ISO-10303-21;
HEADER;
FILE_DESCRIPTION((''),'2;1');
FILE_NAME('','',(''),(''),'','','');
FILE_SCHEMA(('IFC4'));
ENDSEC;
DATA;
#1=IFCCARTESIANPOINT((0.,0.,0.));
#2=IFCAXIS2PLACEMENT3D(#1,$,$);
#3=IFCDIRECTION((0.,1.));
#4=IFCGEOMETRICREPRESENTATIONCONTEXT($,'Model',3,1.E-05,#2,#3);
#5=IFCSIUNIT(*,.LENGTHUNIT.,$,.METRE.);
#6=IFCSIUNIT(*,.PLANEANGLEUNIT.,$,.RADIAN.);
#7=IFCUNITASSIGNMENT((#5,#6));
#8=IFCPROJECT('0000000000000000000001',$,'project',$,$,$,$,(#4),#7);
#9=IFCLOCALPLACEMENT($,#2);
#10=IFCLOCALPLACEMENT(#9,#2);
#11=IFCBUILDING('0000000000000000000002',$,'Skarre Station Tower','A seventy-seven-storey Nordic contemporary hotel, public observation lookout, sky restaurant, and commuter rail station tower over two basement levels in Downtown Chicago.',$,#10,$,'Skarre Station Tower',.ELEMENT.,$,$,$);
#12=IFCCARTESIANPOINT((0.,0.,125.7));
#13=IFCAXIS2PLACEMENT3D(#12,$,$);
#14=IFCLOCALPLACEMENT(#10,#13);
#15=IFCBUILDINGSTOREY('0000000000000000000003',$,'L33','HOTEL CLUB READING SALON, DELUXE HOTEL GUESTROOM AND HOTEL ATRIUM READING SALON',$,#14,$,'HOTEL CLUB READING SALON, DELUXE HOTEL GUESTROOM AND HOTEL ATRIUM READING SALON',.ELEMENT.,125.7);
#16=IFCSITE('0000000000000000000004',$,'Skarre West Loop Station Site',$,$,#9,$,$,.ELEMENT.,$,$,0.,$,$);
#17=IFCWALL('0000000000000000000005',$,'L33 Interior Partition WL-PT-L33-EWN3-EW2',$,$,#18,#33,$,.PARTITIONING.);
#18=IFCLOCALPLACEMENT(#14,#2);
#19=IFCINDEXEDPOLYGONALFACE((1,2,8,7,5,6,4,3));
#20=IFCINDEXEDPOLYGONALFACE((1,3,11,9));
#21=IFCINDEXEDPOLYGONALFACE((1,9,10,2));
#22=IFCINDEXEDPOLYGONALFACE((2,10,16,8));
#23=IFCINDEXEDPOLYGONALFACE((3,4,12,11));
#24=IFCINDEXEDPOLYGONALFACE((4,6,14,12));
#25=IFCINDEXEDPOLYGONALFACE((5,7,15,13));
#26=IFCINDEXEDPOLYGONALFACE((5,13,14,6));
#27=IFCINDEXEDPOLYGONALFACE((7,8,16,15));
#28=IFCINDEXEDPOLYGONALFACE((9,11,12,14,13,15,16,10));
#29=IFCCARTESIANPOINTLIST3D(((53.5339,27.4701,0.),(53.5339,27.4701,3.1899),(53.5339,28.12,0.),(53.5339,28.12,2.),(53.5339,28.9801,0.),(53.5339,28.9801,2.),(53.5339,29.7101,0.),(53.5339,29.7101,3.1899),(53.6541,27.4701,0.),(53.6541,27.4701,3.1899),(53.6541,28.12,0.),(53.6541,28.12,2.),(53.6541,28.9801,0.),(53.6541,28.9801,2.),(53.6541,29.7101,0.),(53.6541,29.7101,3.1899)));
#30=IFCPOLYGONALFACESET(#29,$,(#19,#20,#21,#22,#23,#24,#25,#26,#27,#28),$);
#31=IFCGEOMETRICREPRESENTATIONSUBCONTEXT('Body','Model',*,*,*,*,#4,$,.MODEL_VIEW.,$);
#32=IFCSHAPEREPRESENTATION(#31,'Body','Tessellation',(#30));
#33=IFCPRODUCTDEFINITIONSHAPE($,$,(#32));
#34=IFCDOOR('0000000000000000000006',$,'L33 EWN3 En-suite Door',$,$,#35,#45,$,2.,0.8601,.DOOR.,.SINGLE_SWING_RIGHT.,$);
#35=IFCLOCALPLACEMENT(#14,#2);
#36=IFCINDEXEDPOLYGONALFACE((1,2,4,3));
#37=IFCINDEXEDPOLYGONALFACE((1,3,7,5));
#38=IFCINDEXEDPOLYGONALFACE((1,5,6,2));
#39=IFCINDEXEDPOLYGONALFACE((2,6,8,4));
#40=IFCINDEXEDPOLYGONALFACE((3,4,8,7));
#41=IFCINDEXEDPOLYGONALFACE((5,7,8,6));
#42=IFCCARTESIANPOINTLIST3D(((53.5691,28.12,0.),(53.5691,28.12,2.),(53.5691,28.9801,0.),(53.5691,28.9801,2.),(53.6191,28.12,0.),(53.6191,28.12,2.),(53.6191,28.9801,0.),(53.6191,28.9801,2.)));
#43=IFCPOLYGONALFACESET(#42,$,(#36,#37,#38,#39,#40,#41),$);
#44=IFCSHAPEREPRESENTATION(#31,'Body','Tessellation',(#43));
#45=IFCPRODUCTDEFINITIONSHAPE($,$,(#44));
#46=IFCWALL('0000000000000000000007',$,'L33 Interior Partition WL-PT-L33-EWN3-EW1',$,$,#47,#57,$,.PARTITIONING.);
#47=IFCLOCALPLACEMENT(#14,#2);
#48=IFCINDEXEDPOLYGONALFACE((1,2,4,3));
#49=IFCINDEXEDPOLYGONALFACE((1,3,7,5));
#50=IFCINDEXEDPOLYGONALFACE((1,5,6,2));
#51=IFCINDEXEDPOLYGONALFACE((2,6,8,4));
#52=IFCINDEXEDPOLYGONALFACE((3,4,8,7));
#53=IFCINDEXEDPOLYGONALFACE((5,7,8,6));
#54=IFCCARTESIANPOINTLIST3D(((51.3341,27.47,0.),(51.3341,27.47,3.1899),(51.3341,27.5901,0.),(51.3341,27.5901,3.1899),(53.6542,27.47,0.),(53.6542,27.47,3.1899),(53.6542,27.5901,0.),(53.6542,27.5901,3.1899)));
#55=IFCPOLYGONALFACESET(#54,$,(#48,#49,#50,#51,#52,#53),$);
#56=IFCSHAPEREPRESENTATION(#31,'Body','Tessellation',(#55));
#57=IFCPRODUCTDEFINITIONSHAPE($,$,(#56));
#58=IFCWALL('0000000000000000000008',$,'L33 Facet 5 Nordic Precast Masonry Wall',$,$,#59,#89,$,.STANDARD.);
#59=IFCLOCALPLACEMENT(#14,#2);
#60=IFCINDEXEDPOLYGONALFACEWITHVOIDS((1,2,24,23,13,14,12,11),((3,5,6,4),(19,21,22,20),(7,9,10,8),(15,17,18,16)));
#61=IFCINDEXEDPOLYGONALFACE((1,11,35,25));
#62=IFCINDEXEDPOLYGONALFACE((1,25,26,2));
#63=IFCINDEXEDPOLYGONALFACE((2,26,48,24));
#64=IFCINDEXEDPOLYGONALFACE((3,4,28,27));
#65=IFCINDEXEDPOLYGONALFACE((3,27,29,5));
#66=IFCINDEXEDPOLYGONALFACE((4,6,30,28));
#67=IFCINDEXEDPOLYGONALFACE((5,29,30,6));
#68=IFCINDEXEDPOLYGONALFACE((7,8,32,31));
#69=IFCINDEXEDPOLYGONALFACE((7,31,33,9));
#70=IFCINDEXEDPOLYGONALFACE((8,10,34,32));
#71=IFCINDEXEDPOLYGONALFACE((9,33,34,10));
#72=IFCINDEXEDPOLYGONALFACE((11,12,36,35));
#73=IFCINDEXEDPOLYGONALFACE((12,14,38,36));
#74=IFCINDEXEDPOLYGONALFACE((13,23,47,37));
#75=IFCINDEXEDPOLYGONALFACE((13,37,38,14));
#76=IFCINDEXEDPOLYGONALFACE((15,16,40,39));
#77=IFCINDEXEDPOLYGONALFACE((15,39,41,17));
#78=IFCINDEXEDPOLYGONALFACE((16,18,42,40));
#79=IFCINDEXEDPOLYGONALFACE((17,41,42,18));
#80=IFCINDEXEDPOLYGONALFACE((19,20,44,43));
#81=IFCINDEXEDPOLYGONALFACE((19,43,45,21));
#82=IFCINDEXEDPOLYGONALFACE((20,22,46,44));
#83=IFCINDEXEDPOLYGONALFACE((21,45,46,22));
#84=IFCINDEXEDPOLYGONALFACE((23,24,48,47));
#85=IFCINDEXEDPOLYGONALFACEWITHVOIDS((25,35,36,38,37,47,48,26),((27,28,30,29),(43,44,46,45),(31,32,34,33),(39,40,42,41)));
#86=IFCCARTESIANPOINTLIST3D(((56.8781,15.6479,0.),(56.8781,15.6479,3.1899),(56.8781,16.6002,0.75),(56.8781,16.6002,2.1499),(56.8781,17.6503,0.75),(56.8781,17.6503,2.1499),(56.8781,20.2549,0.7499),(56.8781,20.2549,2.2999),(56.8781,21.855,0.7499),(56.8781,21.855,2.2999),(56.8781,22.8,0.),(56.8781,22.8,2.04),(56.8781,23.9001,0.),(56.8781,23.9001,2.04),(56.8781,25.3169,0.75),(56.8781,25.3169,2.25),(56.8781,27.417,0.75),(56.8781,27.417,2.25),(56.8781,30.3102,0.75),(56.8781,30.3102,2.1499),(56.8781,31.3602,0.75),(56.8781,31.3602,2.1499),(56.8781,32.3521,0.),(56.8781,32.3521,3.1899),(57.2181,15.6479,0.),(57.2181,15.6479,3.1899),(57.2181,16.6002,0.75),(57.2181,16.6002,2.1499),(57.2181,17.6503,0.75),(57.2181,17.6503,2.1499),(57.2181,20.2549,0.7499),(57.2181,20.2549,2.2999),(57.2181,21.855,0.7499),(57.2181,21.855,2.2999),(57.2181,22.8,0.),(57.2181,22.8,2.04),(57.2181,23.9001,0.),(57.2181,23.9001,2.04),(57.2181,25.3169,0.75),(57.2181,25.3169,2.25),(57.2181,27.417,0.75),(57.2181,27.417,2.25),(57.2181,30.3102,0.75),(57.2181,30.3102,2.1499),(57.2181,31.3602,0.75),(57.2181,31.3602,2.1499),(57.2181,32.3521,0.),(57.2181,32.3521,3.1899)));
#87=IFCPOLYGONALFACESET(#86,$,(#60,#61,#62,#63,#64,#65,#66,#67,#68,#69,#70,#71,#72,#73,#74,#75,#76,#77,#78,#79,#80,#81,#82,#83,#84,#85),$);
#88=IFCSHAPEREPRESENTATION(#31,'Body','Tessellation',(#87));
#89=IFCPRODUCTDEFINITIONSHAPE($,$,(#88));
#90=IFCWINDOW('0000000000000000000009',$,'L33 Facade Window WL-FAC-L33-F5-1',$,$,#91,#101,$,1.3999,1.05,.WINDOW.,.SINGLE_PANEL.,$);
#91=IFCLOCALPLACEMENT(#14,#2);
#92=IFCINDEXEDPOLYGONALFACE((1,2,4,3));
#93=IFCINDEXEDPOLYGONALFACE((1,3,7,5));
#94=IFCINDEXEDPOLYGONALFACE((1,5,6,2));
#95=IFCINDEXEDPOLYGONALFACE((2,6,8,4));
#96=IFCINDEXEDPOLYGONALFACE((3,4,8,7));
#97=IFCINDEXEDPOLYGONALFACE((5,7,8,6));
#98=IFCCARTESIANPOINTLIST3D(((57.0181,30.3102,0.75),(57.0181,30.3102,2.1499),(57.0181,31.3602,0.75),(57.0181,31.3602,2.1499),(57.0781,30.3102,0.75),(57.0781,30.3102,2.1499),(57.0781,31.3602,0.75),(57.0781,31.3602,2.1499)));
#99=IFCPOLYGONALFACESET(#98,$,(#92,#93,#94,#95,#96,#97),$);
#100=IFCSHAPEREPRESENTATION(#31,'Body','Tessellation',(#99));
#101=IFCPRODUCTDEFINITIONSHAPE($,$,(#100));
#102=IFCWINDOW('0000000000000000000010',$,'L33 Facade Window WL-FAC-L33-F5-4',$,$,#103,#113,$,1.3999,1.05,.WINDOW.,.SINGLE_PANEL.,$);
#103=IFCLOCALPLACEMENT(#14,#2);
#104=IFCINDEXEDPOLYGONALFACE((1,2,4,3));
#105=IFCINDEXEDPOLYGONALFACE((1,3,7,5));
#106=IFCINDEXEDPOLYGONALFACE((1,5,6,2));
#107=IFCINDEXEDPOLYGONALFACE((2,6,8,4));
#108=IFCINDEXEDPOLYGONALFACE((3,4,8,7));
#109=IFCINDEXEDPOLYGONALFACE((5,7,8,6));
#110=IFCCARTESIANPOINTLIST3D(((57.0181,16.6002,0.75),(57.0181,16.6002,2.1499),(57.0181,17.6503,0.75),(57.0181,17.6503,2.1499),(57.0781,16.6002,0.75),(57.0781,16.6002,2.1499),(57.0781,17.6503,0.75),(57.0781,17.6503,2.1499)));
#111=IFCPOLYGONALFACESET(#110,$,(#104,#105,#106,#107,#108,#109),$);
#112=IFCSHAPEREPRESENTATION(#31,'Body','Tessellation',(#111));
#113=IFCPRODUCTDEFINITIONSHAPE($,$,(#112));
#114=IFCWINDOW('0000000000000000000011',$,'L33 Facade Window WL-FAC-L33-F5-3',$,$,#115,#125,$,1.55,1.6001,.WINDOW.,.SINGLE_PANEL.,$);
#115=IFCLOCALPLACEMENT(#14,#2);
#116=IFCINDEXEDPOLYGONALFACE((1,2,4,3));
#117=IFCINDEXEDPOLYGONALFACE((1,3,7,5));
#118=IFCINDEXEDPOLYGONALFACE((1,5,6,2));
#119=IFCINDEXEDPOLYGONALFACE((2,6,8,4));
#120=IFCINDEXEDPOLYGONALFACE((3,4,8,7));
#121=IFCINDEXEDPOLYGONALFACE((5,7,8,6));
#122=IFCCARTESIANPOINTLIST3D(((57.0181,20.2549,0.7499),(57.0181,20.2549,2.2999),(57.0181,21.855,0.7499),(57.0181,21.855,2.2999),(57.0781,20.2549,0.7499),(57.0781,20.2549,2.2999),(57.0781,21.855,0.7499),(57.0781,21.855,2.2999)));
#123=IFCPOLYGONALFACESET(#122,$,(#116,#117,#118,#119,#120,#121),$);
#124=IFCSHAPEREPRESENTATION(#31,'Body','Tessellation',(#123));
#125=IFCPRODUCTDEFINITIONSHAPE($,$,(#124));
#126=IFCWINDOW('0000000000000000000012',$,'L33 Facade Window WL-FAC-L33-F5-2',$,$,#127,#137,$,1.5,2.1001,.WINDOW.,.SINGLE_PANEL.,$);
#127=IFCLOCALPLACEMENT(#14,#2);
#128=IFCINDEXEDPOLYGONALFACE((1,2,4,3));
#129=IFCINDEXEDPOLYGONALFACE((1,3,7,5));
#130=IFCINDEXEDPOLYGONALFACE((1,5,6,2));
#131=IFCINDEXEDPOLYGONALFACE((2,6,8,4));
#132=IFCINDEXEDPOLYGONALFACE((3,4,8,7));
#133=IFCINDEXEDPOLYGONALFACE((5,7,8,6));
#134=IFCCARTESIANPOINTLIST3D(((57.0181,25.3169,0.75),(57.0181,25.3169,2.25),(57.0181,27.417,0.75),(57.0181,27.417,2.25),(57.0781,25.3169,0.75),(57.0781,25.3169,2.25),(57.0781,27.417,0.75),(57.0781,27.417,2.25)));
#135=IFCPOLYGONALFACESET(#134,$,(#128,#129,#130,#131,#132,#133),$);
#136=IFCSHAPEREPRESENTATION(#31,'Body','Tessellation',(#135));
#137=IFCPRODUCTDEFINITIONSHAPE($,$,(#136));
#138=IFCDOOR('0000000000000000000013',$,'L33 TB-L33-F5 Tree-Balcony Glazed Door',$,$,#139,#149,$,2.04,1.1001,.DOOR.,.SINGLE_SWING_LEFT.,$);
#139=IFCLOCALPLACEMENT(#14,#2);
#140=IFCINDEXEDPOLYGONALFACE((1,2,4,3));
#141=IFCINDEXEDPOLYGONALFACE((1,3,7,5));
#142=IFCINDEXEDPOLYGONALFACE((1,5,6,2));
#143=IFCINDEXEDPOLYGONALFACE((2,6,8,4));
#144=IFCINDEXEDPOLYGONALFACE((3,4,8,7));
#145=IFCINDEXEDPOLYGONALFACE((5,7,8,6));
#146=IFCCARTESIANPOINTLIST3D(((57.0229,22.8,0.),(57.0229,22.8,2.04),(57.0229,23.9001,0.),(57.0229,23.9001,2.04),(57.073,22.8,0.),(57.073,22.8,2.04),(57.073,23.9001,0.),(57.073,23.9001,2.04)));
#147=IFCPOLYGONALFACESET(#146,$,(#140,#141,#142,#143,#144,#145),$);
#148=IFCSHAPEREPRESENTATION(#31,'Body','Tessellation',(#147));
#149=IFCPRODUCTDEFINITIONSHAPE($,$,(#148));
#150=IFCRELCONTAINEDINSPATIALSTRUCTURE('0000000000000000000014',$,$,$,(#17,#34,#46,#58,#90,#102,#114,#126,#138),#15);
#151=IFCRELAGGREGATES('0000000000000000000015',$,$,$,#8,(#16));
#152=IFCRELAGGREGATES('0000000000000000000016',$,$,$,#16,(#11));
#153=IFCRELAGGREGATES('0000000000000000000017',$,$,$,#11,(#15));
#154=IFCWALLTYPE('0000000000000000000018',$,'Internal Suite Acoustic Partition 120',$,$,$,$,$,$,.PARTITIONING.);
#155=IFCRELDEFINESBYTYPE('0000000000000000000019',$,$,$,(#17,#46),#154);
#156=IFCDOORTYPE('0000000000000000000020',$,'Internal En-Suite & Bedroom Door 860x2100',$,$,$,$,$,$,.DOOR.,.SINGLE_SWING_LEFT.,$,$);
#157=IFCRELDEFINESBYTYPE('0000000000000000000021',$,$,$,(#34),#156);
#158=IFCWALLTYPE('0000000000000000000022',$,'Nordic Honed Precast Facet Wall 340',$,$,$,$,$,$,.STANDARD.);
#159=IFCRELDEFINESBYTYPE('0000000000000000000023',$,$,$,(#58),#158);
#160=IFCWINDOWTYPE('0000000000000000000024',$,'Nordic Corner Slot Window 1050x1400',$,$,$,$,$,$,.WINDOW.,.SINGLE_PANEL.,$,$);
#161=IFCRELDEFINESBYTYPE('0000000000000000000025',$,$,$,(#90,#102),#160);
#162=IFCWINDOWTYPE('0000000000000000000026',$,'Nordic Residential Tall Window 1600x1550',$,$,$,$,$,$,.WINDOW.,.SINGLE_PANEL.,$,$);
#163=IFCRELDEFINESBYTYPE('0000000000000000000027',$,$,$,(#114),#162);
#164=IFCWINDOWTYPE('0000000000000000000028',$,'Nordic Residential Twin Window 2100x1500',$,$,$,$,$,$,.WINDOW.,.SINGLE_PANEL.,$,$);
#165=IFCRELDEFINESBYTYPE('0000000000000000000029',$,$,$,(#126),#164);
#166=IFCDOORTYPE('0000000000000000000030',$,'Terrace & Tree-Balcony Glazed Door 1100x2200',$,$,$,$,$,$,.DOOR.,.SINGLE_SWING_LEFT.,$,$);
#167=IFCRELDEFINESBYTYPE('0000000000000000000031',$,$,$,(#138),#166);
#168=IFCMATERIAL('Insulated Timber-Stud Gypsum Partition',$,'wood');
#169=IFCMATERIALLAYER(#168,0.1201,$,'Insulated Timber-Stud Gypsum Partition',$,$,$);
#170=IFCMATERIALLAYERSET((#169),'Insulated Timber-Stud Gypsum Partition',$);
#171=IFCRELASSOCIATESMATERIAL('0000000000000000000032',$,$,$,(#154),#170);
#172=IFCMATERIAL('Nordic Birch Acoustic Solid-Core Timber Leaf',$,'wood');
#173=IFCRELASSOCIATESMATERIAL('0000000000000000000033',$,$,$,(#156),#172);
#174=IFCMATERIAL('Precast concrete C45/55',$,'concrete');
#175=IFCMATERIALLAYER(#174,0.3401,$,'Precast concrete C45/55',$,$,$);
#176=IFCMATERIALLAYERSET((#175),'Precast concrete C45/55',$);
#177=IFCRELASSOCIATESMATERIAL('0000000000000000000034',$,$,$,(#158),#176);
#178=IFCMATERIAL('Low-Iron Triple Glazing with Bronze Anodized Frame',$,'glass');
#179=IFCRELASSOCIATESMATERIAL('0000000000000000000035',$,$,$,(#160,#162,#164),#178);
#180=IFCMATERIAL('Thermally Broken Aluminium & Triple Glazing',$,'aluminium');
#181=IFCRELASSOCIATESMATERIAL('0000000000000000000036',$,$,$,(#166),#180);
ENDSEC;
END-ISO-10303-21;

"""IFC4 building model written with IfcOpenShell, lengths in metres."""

from ifc_helpers import new_model, si_unit, direction, frame, frame_2d, origin, place, context, subcontext, project, spatial, rectangle, extrude, material, layer, layer_set, type_object, element, fill, save


model = new_model("IFC4")

# Units and contexts
model_context = context("Model", 3, precision=1e-05, world=origin(), true_north=direction((0.0, 1.0)))
body_context = subcontext(model_context, "Body", "Model", "MODEL_VIEW")
ifc_project = project(units=[si_unit("LENGTHUNIT", "METRE"), si_unit("PLANEANGLEUNIT", "RADIAN")], contexts=[model_context])

# Site, building, storey
site_placement = place(None, origin())
site = spatial("IfcSite", under=ifc_project, at=site_placement, Name="Skarre West Loop Station Site", CompositionType="ELEMENT", RefElevation=0.0)
building_placement = place(site_placement, origin())
building = spatial("IfcBuilding", under=site, at=building_placement, Name="Skarre Station Tower", Description="A seventy-seven-storey Nordic contemporary hotel, public observation lookout, sky restaurant, and commuter rail station tower over two basement levels in Downtown Chicago.", LongName="Skarre Station Tower", CompositionType="ELEMENT")
storey_placement = place(building_placement, frame((0.0, 0.0, 125.7)))
storey = spatial("IfcBuildingStorey", under=building, at=storey_placement, Name="L33", Description="HOTEL CLUB READING SALON, DELUXE HOTEL GUESTROOM AND HOTEL ATRIUM READING SALON", LongName="HOTEL CLUB READING SALON, DELUXE HOTEL GUESTROOM AND HOTEL ATRIUM READING SALON", CompositionType="ELEMENT", Elevation=125.7)

# Wall, opening, door
ifc_material_1 = material(Name="Insulated Timber-Stud Gypsum Partition", Category="wood")
ifc_layer_1 = layer(ifc_material_1, 0.1201, Name="Insulated Timber-Stud Gypsum Partition")
ifc_layer_set_1 = layer_set([ifc_layer_1], Name="Insulated Timber-Stud Gypsum Partition")
wall_type_1 = type_object("IfcWallType", Name="Internal Suite Acoustic Partition 120", PredefinedType="PARTITIONING", material=ifc_layer_set_1)
wall_1_placement = place(storey_placement, frame((53.594, 27.47, 0.0), z_axis=(0.0, 0.0, 1.0), x_axis=(0.0, 1.0, 0.0)))
wall_1 = element("IfcWall", 1, at=wall_1_placement, inside=storey, type_object=wall_type_1, Name="L33 Interior Partition WL-PT-L33-EWN3-EW2", PredefinedType="PARTITIONING", context=body_context, shape_type="SweptSolid", body=[
    extrude(rectangle(XDim=2.24, YDim=0.1201, at=frame_2d((1.1201, 0.0))), origin(), (0.0, 0.0, 1.0), 3.1899),
])
opening_1_placement = place(wall_1_placement, frame((0.6499, 0.0, 0.0)))
opening_1 = element("IfcOpeningElement", 2, at=opening_1_placement, cuts=wall_1, PredefinedType="OPENING", context=body_context, shape_type="SweptSolid", body=[
    extrude(rectangle(XDim=0.8601, YDim=2.0, at=frame_2d((0.4302, 1.0))), frame((0.0, 0.0701, 0.0), z_axis=(0.0, -1.0, 0.0), x_axis=(1.0, 0.0, 0.0)), (0.0, 0.0, 1.0), 0.1401),
])
ifc_material_2 = material(Name="Nordic Birch Acoustic Solid-Core Timber Leaf", Category="wood")
door_type_1 = type_object("IfcDoorType", Name="Internal En-Suite & Bedroom Door 860x2100", OperationType="SINGLE_SWING_LEFT", PredefinedType="DOOR", material=ifc_material_2)
door_1_placement = place(opening_1_placement, origin())
door_1 = element("IfcDoor", 3, at=door_1_placement, inside=storey, type_object=door_type_1, Name="L33 EWN3 En-suite Door", OperationType="SINGLE_SWING_RIGHT", OverallHeight=2.0, OverallWidth=0.8601, PredefinedType="DOOR", context=body_context, shape_type="SweptSolid", body=[
    extrude(rectangle(XDim=0.8601, YDim=2.0, at=frame_2d((0.4302, 1.0))), frame((0.0, 0.0249, 0.0), z_axis=(0.0, -1.0, 0.0), x_axis=(1.0, 0.0, 0.0)), (0.0, 0.0, 1.0), 0.05),
])
fill(opening_1, door_1)

# Wall
wall_2_placement = place(storey_placement, frame((51.334, 27.53, 0.0), z_axis=(0.0, 0.0, 1.0), x_axis=(1.0, 0.0, 0.0)))
element("IfcWall", 4, at=wall_2_placement, inside=storey, type_object=wall_type_1, Name="L33 Interior Partition WL-PT-L33-EWN3-EW1", PredefinedType="PARTITIONING", context=body_context, shape_type="SweptSolid", body=[
    extrude(rectangle(XDim=2.3201, YDim=0.1201, at=frame_2d((1.1602, 0.0))), origin(), (0.0, 0.0, 1.0), 3.1899),
])

# Wall, openings, windows, door
ifc_material_3 = material(Name="Precast concrete C45/55", Category="concrete")
ifc_layer_2 = layer(ifc_material_3, 0.3401, Name="Precast concrete C45/55")
ifc_layer_set_2 = layer_set([ifc_layer_2], Name="Precast concrete C45/55")
wall_type_2 = type_object("IfcWallType", Name="Nordic Honed Precast Facet Wall 340", PredefinedType="STANDARD", material=ifc_layer_set_2)
wall_3_placement = place(storey_placement, frame((57.0481, 32.3521, 0.0), z_axis=(0.0, 0.0, 1.0), x_axis=(0.0, -1.0, 0.0)))
wall_3 = element("IfcWall", 5, at=wall_3_placement, inside=storey, type_object=wall_type_2, Name="L33 Facet 5 Nordic Precast Masonry Wall", PredefinedType="STANDARD", context=body_context, shape_type="SweptSolid", body=[
    extrude(rectangle(XDim=16.7041, YDim=0.3401, at=frame_2d((8.3521, 0.0))), origin(), (0.0, 0.0, 1.0), 3.1899),
])
opening_2_placement = place(wall_3_placement, frame((8.4519, 0.0, 0.0)))
opening_2 = element("IfcOpeningElement", 6, at=opening_2_placement, cuts=wall_3, PredefinedType="OPENING", context=body_context, shape_type="SweptSolid", body=[
    extrude(rectangle(XDim=1.1001, YDim=2.04, at=frame_2d((0.55, 1.02))), frame((0.0, 0.1799, 0.0), z_axis=(0.0, -1.0, 0.0), x_axis=(1.0, 0.0, 0.0)), (0.0, 0.0, 1.0), 0.3601),
])
opening_3_placement = place(wall_3_placement, frame((0.9919, 0.0, 0.75)))
opening_3 = element("IfcOpeningElement", 7, at=opening_3_placement, cuts=wall_3, PredefinedType="OPENING", context=body_context, shape_type="SweptSolid", body=[
    extrude(rectangle(XDim=1.05, YDim=1.3999, at=frame_2d((0.5249, 0.7))), frame((0.0, 0.1799, 0.0), z_axis=(0.0, -1.0, 0.0), x_axis=(1.0, 0.0, 0.0)), (0.0, 0.0, 1.0), 0.3601),
])
opening_4_placement = place(wall_3_placement, frame((4.9351, 0.0, 0.75)))
opening_4 = element("IfcOpeningElement", 8, at=opening_4_placement, cuts=wall_3, PredefinedType="OPENING", context=body_context, shape_type="SweptSolid", body=[
    extrude(rectangle(XDim=2.1001, YDim=1.5, at=frame_2d((1.05, 0.75))), frame((0.0, 0.1799, 0.0), z_axis=(0.0, -1.0, 0.0), x_axis=(1.0, 0.0, 0.0)), (0.0, 0.0, 1.0), 0.3601),
])
opening_5_placement = place(wall_3_placement, frame((10.4971, 0.0, 0.75)))
opening_5 = element("IfcOpeningElement", 9, at=opening_5_placement, cuts=wall_3, PredefinedType="OPENING", context=body_context, shape_type="SweptSolid", body=[
    extrude(rectangle(XDim=1.6001, YDim=1.55, at=frame_2d((0.8, 0.7749))), frame((0.0, 0.1799, 0.0), z_axis=(0.0, -1.0, 0.0), x_axis=(1.0, 0.0, 0.0)), (0.0, 0.0, 1.0), 0.3601),
])
opening_6_placement = place(wall_3_placement, frame((14.7019, 0.0, 0.75)))
opening_6 = element("IfcOpeningElement", 10, at=opening_6_placement, cuts=wall_3, PredefinedType="OPENING", context=body_context, shape_type="SweptSolid", body=[
    extrude(rectangle(XDim=1.05, YDim=1.3999, at=frame_2d((0.5249, 0.7))), frame((0.0, 0.1799, 0.0), z_axis=(0.0, -1.0, 0.0), x_axis=(1.0, 0.0, 0.0)), (0.0, 0.0, 1.0), 0.3601),
])
ifc_material_4 = material(Name="Low-Iron Triple Glazing with Bronze Anodized Frame", Category="glass")
window_type_1 = type_object("IfcWindowType", Name="Nordic Corner Slot Window 1050x1400", PartitioningType="SINGLE_PANEL", PredefinedType="WINDOW", material=ifc_material_4)
window_1_placement = place(opening_3_placement, origin())
window_1 = element("IfcWindow", 11, at=window_1_placement, inside=storey, type_object=window_type_1, Name="L33 Facade Window WL-FAC-L33-F5-1", OverallHeight=1.3999, OverallWidth=1.05, PartitioningType="SINGLE_PANEL", PredefinedType="WINDOW", context=body_context, shape_type="SweptSolid", body=[
    extrude(rectangle(XDim=1.05, YDim=1.3999, at=frame_2d((0.5249, 0.7))), frame((0.0, 0.03, 0.0), z_axis=(0.0, -1.0, 0.0), x_axis=(1.0, 0.0, 0.0)), (0.0, 0.0, 1.0), 0.0601),
])
fill(opening_3, window_1)
window_2_placement = place(opening_6_placement, origin())
window_2 = element("IfcWindow", 12, at=window_2_placement, inside=storey, type_object=window_type_1, Name="L33 Facade Window WL-FAC-L33-F5-4", OverallHeight=1.3999, OverallWidth=1.05, PartitioningType="SINGLE_PANEL", PredefinedType="WINDOW", context=body_context, shape_type="SweptSolid", body=[
    extrude(rectangle(XDim=1.05, YDim=1.3999, at=frame_2d((0.5249, 0.7))), frame((0.0, 0.03, 0.0), z_axis=(0.0, -1.0, 0.0), x_axis=(1.0, 0.0, 0.0)), (0.0, 0.0, 1.0), 0.0601),
])
fill(opening_6, window_2)
window_type_2 = type_object("IfcWindowType", Name="Nordic Residential Tall Window 1600x1550", PartitioningType="SINGLE_PANEL", PredefinedType="WINDOW", material=ifc_material_4)
window_3_placement = place(opening_5_placement, origin())
window_3 = element("IfcWindow", 13, at=window_3_placement, inside=storey, type_object=window_type_2, Name="L33 Facade Window WL-FAC-L33-F5-3", OverallHeight=1.55, OverallWidth=1.6001, PartitioningType="SINGLE_PANEL", PredefinedType="WINDOW", context=body_context, shape_type="SweptSolid", body=[
    extrude(rectangle(XDim=1.6001, YDim=1.55, at=frame_2d((0.8, 0.7749))), frame((0.0, 0.03, 0.0), z_axis=(0.0, -1.0, 0.0), x_axis=(1.0, 0.0, 0.0)), (0.0, 0.0, 1.0), 0.0601),
])
fill(opening_5, window_3)
window_type_3 = type_object("IfcWindowType", Name="Nordic Residential Twin Window 2100x1500", PartitioningType="SINGLE_PANEL", PredefinedType="WINDOW", material=ifc_material_4)
window_4_placement = place(opening_4_placement, origin())
window_4 = element("IfcWindow", 14, at=window_4_placement, inside=storey, type_object=window_type_3, Name="L33 Facade Window WL-FAC-L33-F5-2", OverallHeight=1.5, OverallWidth=2.1001, PartitioningType="SINGLE_PANEL", PredefinedType="WINDOW", context=body_context, shape_type="SweptSolid", body=[
    extrude(rectangle(XDim=2.1001, YDim=1.5, at=frame_2d((1.05, 0.75))), frame((0.0, 0.03, 0.0), z_axis=(0.0, -1.0, 0.0), x_axis=(1.0, 0.0, 0.0)), (0.0, 0.0, 1.0), 0.0601),
])
fill(opening_4, window_4)
ifc_material_5 = material(Name="Thermally Broken Aluminium & Triple Glazing", Category="aluminium")
door_type_2 = type_object("IfcDoorType", Name="Terrace & Tree-Balcony Glazed Door 1100x2200", OperationType="SINGLE_SWING_LEFT", PredefinedType="DOOR", material=ifc_material_5)
door_2_placement = place(opening_2_placement, origin())
door_2 = element("IfcDoor", 15, at=door_2_placement, inside=storey, type_object=door_type_2, Name="L33 TB-L33-F5 Tree-Balcony Glazed Door", OperationType="SINGLE_SWING_LEFT", OverallHeight=2.04, OverallWidth=1.1001, PredefinedType="DOOR", context=body_context, shape_type="SweptSolid", body=[
    extrude(rectangle(XDim=1.1001, YDim=2.04, at=frame_2d((0.55, 1.02))), frame((0.0, 0.0249, 0.0), z_axis=(0.0, -1.0, 0.0), x_axis=(1.0, 0.0, 0.0)), (0.0, 0.0, 1.0), 0.05),
])
fill(opening_2, door_2)

save(model, "model.ifc")
